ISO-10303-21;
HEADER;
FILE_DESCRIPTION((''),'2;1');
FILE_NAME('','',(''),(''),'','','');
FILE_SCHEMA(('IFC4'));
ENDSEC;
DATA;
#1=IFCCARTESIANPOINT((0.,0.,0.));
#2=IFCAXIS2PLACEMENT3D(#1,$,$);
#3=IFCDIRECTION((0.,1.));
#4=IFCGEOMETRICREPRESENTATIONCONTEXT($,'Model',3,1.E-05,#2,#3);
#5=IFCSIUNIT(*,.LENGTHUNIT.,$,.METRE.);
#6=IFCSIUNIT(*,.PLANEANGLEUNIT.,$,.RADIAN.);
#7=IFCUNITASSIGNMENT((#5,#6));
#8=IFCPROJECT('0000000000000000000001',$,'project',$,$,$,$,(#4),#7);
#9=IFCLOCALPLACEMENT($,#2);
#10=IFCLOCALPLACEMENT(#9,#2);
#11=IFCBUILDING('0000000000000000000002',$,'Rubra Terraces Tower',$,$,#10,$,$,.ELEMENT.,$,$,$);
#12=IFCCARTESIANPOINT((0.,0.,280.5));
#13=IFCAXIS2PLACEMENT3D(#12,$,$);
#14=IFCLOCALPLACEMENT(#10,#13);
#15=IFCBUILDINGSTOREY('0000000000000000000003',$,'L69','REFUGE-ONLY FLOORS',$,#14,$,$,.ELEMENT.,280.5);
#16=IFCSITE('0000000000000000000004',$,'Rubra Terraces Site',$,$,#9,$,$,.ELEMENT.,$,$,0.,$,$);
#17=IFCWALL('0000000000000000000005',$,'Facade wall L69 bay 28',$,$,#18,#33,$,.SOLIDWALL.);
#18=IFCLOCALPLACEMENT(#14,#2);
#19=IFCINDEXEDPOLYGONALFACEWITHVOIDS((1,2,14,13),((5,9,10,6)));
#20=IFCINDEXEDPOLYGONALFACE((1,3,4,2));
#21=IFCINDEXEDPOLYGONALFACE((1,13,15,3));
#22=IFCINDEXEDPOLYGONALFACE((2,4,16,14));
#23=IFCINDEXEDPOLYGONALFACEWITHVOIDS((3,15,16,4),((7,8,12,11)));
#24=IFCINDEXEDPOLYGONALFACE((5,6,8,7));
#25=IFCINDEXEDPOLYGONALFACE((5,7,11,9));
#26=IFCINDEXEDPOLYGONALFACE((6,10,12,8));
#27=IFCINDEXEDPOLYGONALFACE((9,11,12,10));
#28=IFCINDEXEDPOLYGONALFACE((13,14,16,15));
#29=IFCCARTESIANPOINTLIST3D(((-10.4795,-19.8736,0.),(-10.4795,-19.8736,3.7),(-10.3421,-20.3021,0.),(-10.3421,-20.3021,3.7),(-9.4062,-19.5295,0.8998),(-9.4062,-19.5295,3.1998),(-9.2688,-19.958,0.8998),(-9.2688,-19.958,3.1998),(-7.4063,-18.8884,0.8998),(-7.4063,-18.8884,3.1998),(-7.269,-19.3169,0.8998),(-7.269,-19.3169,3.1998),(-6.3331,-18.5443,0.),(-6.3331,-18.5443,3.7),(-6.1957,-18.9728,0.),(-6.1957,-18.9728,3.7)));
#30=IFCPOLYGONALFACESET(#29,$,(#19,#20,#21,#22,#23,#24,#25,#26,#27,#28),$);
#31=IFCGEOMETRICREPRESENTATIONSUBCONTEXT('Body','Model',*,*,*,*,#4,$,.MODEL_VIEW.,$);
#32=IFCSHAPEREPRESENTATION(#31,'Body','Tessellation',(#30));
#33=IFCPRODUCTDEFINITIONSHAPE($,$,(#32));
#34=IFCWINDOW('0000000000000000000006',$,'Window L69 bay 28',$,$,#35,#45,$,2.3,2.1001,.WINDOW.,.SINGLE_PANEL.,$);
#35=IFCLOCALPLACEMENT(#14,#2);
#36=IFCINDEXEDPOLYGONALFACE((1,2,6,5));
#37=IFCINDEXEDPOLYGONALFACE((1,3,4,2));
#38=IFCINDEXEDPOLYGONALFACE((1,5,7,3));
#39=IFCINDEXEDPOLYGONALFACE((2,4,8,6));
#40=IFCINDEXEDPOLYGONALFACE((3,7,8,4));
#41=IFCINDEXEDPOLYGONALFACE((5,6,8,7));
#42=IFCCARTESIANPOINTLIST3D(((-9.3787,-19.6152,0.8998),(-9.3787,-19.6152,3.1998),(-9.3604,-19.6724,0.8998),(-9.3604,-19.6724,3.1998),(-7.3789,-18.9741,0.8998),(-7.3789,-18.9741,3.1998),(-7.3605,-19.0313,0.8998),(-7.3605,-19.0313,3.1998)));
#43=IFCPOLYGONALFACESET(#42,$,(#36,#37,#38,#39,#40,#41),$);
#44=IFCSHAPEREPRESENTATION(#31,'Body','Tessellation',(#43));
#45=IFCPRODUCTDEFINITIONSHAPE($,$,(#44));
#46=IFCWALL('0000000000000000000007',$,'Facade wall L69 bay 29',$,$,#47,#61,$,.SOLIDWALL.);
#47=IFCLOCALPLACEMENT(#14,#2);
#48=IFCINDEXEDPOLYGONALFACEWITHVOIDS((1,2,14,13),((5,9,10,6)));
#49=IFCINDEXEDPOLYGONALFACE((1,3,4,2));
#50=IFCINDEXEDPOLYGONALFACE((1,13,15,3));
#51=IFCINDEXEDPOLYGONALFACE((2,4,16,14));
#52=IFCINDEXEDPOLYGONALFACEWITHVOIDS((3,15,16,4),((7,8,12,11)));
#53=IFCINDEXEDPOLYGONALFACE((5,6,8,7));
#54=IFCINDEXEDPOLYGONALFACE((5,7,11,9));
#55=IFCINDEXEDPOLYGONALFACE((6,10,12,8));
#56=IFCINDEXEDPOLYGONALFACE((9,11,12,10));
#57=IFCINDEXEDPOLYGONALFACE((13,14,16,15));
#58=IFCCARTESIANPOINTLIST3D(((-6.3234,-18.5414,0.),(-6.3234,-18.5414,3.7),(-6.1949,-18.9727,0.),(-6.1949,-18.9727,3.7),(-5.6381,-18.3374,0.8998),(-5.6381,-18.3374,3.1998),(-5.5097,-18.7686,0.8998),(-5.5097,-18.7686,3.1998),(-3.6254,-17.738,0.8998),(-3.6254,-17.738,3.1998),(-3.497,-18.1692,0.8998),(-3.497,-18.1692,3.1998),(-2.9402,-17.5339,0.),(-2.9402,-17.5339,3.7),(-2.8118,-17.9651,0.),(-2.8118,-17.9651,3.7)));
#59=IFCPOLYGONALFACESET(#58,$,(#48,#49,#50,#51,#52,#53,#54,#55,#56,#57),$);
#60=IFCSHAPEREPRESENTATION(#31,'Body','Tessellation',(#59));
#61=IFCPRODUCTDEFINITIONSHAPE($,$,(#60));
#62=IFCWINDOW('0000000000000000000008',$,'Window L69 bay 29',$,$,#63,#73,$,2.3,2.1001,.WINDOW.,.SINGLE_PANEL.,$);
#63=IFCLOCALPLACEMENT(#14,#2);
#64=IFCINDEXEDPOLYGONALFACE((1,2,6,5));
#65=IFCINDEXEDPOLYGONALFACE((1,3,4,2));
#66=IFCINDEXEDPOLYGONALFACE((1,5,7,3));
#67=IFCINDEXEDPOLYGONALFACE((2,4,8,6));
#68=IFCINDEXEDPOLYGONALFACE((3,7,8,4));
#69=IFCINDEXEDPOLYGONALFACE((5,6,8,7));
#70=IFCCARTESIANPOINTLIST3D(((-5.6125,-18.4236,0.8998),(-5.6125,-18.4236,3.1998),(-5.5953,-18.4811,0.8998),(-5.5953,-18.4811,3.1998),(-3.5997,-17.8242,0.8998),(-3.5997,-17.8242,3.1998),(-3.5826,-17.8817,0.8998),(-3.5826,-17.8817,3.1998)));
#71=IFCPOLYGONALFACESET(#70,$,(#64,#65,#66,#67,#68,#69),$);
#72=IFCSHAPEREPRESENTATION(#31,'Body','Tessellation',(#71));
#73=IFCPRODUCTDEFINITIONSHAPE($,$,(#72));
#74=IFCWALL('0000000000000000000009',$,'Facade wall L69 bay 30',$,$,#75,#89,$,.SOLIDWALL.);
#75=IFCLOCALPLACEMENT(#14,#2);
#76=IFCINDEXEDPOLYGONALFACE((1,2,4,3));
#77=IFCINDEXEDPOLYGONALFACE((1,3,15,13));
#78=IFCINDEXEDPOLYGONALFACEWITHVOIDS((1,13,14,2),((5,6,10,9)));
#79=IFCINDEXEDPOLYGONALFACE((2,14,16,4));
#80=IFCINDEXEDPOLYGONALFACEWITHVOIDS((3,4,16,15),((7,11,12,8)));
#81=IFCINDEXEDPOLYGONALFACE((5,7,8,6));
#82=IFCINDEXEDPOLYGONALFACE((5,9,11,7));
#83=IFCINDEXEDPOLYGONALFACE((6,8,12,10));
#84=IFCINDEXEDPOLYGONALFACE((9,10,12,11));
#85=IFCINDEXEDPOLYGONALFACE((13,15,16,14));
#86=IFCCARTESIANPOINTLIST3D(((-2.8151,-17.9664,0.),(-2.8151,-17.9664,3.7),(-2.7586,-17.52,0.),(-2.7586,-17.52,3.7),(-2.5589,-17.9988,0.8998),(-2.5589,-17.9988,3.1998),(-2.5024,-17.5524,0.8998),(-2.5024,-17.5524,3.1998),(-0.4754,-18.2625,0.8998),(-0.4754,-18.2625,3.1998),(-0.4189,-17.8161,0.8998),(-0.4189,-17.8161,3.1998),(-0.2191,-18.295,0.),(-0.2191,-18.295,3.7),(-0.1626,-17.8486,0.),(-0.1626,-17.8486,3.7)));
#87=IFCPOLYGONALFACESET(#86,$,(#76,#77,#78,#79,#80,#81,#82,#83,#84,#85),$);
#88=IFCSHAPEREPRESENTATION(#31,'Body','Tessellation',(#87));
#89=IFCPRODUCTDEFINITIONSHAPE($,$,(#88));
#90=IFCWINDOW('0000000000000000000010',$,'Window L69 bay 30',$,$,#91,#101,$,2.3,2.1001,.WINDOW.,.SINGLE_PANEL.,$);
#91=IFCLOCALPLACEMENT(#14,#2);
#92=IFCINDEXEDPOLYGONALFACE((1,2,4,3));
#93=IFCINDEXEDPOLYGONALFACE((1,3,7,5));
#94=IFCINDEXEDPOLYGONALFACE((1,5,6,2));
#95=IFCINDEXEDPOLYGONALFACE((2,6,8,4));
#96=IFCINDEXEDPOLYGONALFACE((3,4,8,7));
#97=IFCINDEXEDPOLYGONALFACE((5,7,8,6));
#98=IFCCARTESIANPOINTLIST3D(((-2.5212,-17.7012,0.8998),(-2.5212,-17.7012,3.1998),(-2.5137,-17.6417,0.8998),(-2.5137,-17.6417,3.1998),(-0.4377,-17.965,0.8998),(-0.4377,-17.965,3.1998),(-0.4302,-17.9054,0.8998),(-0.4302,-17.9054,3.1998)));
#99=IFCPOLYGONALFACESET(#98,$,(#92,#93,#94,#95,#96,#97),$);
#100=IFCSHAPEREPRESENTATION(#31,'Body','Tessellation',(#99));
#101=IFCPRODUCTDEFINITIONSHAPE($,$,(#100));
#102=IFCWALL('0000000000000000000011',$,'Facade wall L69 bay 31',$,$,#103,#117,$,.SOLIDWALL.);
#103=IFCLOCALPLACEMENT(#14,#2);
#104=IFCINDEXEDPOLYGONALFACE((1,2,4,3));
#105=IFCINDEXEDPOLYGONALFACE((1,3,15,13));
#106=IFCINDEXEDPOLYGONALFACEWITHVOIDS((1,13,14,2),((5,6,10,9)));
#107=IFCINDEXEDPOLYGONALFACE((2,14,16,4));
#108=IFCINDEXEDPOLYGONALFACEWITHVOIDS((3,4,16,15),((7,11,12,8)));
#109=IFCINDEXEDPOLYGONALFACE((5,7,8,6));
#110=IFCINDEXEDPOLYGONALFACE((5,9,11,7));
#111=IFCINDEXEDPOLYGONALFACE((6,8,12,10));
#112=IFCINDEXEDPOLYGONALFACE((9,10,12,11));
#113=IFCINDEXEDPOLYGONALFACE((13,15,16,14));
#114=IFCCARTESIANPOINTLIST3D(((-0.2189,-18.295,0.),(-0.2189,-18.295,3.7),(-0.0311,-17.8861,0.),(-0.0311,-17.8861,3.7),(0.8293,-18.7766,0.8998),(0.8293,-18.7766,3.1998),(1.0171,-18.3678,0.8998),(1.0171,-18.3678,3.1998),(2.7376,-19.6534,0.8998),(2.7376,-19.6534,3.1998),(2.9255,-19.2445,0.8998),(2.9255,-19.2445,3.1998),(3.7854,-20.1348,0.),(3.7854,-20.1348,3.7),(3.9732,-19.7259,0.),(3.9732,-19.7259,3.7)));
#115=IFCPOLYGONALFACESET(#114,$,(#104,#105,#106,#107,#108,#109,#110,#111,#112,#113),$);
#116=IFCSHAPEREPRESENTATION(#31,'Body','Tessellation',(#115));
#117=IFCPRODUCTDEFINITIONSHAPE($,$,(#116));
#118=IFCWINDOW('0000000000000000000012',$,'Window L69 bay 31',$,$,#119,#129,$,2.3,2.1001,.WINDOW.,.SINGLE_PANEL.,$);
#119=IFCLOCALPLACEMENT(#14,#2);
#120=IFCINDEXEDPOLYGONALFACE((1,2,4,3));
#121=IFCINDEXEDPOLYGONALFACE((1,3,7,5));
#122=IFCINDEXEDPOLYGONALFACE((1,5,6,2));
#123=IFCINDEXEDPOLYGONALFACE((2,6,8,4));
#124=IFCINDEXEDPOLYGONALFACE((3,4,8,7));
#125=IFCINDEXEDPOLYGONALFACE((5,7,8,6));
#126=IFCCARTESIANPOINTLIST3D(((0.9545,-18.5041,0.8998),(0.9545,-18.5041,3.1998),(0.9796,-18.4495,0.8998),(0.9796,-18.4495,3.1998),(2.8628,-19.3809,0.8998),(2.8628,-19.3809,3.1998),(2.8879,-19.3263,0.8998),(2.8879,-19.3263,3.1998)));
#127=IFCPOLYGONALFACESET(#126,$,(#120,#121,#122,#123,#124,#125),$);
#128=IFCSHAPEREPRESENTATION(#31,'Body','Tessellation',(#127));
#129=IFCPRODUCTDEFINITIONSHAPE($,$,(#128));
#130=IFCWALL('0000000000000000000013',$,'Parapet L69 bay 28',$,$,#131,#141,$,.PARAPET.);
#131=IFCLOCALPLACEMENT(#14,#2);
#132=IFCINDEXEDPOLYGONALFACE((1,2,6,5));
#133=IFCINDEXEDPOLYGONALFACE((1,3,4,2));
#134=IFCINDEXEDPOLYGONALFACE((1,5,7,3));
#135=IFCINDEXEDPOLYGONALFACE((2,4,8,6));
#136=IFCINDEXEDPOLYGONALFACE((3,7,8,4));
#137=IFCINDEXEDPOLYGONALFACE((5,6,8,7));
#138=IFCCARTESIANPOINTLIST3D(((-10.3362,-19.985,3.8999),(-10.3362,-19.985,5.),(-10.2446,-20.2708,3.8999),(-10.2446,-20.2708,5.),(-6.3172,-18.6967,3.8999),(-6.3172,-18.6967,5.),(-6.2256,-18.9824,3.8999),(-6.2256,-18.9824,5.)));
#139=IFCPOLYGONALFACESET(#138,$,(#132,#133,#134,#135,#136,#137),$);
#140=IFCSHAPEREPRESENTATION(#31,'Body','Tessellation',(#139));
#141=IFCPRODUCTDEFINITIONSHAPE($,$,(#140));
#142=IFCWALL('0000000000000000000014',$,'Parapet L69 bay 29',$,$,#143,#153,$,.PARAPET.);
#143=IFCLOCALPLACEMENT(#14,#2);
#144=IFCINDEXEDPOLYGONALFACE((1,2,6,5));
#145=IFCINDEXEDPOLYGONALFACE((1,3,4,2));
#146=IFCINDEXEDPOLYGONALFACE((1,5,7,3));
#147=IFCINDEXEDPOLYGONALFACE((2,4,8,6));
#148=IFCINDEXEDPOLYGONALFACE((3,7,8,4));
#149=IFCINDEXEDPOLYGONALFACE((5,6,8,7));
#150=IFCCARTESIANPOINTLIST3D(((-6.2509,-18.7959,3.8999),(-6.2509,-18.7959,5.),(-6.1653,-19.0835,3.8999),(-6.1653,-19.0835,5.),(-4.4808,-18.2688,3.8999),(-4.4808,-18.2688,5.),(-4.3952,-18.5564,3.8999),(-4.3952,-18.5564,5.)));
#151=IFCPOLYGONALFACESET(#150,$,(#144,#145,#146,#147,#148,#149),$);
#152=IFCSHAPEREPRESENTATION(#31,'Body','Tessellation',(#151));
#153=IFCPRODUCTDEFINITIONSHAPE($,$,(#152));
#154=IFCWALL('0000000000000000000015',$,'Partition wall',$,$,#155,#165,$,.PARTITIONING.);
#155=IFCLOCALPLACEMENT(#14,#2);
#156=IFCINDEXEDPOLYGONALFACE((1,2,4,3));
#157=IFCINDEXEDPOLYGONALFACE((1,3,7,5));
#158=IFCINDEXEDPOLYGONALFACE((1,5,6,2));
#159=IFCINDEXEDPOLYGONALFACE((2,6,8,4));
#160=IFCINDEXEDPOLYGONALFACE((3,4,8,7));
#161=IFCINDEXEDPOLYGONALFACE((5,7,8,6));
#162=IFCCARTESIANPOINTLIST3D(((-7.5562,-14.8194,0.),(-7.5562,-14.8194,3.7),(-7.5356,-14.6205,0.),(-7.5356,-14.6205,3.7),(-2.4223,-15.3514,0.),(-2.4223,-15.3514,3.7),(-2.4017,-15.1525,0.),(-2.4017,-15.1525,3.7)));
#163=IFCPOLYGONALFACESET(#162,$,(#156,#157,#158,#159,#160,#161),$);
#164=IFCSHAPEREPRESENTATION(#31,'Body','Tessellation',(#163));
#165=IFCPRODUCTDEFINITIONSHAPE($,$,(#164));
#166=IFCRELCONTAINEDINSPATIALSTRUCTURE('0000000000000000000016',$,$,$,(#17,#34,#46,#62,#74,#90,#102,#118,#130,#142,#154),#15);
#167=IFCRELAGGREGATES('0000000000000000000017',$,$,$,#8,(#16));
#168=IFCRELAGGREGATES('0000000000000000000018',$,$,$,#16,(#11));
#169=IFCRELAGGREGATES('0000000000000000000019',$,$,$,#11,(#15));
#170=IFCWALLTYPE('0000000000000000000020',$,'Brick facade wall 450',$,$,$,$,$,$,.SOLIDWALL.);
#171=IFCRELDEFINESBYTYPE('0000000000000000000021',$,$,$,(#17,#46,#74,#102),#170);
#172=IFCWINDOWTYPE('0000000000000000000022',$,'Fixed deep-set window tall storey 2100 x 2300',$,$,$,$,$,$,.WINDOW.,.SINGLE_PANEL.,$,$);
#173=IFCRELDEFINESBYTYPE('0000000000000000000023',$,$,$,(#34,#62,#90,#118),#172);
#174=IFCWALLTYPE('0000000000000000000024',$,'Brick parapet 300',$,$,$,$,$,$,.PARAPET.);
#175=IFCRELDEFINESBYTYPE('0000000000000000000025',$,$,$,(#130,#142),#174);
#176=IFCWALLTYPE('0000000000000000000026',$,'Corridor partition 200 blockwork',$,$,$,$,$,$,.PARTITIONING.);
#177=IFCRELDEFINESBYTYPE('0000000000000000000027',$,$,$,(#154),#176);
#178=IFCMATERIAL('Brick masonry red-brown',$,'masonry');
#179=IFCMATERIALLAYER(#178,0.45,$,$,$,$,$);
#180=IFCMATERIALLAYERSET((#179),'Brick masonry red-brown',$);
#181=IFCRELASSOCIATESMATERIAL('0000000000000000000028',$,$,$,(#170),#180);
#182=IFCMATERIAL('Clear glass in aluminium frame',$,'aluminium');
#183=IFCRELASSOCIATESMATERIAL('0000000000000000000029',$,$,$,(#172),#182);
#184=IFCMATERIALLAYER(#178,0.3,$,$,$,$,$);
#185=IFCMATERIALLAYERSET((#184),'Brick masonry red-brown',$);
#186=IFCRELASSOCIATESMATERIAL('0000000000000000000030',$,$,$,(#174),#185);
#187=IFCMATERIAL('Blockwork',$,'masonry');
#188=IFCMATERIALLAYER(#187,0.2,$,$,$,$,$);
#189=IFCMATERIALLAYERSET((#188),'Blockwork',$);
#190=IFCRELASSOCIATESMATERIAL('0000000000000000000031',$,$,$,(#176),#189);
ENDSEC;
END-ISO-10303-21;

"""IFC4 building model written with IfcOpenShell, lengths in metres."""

from ifc_helpers import new_model, si_unit, direction, frame, frame_2d, origin, place, context, subcontext, project, spatial, rectangle, extrude, material, layer, layer_set, type_object, element, fill, save


model = new_model("IFC4")

# Units and contexts
model_context = context("Model", 3, precision=1e-05, world=origin(), true_north=direction((0.0, 1.0)))
body_context = subcontext(model_context, "Body", "Model", "MODEL_VIEW")
ifc_project = project(units=[si_unit("LENGTHUNIT", "METRE"), si_unit("PLANEANGLEUNIT", "RADIAN")], contexts=[model_context])

# Site, building, storey
site_placement = place(None, origin())
site = spatial("IfcSite", under=ifc_project, at=site_placement, Name="Rubra Terraces Site", CompositionType="ELEMENT", RefElevation=0.0)
building_placement = place(site_placement, origin())
building = spatial("IfcBuilding", under=site, at=building_placement, Name="Rubra Terraces Tower", CompositionType="ELEMENT")
storey_placement = place(building_placement, frame((0.0, 0.0, 280.5)))
storey = spatial("IfcBuildingStorey", under=building, at=storey_placement, Name="L69", Description="REFUGE-ONLY FLOORS", CompositionType="ELEMENT", Elevation=280.5)

# Walls, openings, windows
ifc_material_1 = material(Name="Brick masonry red-brown", Category="masonry")
ifc_layer_1 = layer(ifc_material_1, 0.45)
ifc_layer_set_1 = layer_set([ifc_layer_1], Name="Brick masonry red-brown")
wall_type_1 = type_object("IfcWallType", Name="Brick facade wall 450", PredefinedType="SOLIDWALL", material=ifc_layer_set_1)
wall_1_placement = place(storey_placement, frame((-10.4109, -20.0879, 0.0), z_axis=(0.0, 0.0, 1.0), x_axis=(0.952259, 0.30529, 0.0)))
wall_1 = element("IfcWall", 1, at=wall_1_placement, inside=storey, type_object=wall_type_1, Name="Facade wall L69 bay 28", PredefinedType="SOLIDWALL", context=body_context, shape_type="SweptSolid", body=[
    extrude(rectangle(XDim=4.3542, YDim=0.45, at=frame_2d((2.1772, 0.0))), origin(), (0.0, 0.0, 1.0), 3.7),
])
opening_1_placement = place(wall_1_placement, frame((1.1272, 0.0, 0.8999)))
opening_1 = element("IfcOpeningElement", 2, at=opening_1_placement, cuts=wall_1, PredefinedType="OPENING", context=body_context, shape_type="SweptSolid", body=[
    extrude(rectangle(XDim=2.1001, YDim=2.3, at=frame_2d((1.05, 1.1499))), frame((0.0, 0.2349, 0.0), z_axis=(0.0, -1.0, 0.0), x_axis=(1.0, 0.0, 0.0)), (0.0, 0.0, 1.0), 0.47),
])
ifc_material_2 = material(Name="Clear glass in aluminium frame", Category="aluminium")
window_type = type_object("IfcWindowType", Name="Fixed deep-set window tall storey 2100 x 2300", PartitioningType="SINGLE_PANEL", PredefinedType="WINDOW", material=ifc_material_2)
window_1_placement = place(opening_1_placement, origin())
window_1 = element("IfcWindow", 3, at=window_1_placement, inside=storey, type_object=window_type, Name="Window L69 bay 28", OverallHeight=2.3, OverallWidth=2.1001, PartitioningType="SINGLE_PANEL", PredefinedType="WINDOW", context=body_context, shape_type="SweptSolid", body=[
    extrude(rectangle(XDim=2.1001, YDim=2.3, at=frame_2d((1.05, 1.1499))), frame((0.0, 0.135, 0.0), z_axis=(0.0, -1.0, 0.0), x_axis=(1.0, 0.0, 0.0)), (0.0, 0.0, 1.0), 0.0601),
])
fill(opening_1, window_1)
wall_2_placement = place(storey_placement, frame((-6.2593, -18.7571, 0.0), z_axis=(0.0, 0.0, 1.0), x_axis=(0.958403, 0.285418, 0.0)))
wall_2 = element("IfcWall", 4, at=wall_2_placement, inside=storey, type_object=wall_type_1, Name="Facade wall L69 bay 29", PredefinedType="SOLIDWALL", context=body_context, shape_type="SweptSolid", body=[
    extrude(rectangle(XDim=3.53, YDim=0.45, at=frame_2d((1.7651, 0.0))), origin(), (0.0, 0.0, 1.0), 3.7),
])
opening_2_placement = place(wall_2_placement, frame((0.7151, 0.0, 0.8999)))
opening_2 = element("IfcOpeningElement", 5, at=opening_2_placement, cuts=wall_2, PredefinedType="OPENING", context=body_context, shape_type="SweptSolid", body=[
    extrude(rectangle(XDim=2.1001, YDim=2.3, at=frame_2d((1.05, 1.1499))), frame((0.0, 0.2349, 0.0), z_axis=(0.0, -1.0, 0.0), x_axis=(1.0, 0.0, 0.0)), (0.0, 0.0, 1.0), 0.47),
])
window_2_placement = place(opening_2_placement, origin())
window_2 = element("IfcWindow", 6, at=window_2_placement, inside=storey, type_object=window_type, Name="Window L69 bay 29", OverallHeight=2.3, OverallWidth=2.1001, PartitioningType="SINGLE_PANEL", PredefinedType="WINDOW", context=body_context, shape_type="SweptSolid", body=[
    extrude(rectangle(XDim=2.1001, YDim=2.3, at=frame_2d((1.05, 1.1499))), frame((0.0, 0.135, 0.0), z_axis=(0.0, -1.0, 0.0), x_axis=(1.0, 0.0, 0.0)), (0.0, 0.0, 1.0), 0.0601),
])
fill(opening_2, window_2)
wall_3_placement = place(storey_placement, frame((-2.7869, -17.7432, 0.0), z_axis=(0.0, 0.0, 1.0), x_axis=(0.992083, -0.125585, 0.0)))
wall_3 = element("IfcWall", 7, at=wall_3_placement, inside=storey, type_object=wall_type_1, Name="Facade wall L69 bay 30", PredefinedType="SOLIDWALL", context=body_context, shape_type="SweptSolid", body=[
    extrude(rectangle(XDim=2.6167, YDim=0.45, at=frame_2d((1.3083, 0.0))), origin(), (0.0, 0.0, 1.0), 3.7),
])
opening_3_placement = place(wall_3_placement, frame((0.2583, 0.0, 0.8999)))
opening_3 = element("IfcOpeningElement", 8, at=opening_3_placement, cuts=wall_3, PredefinedType="OPENING", context=body_context, shape_type="SweptSolid", body=[
    extrude(rectangle(XDim=2.1001, YDim=2.3, at=frame_2d((1.05, 1.1499))), frame((0.0, 0.2349, 0.0), z_axis=(0.0, -1.0, 0.0), x_axis=(1.0, 0.0, 0.0)), (0.0, 0.0, 1.0), 0.47),
])
window_3_placement = place(opening_3_placement, origin())
window_3 = element("IfcWindow", 9, at=window_3_placement, inside=storey, type_object=window_type, Name="Window L69 bay 30", OverallHeight=2.3, OverallWidth=2.1001, PartitioningType="SINGLE_PANEL", PredefinedType="WINDOW", context=body_context, shape_type="SweptSolid", body=[
    extrude(rectangle(XDim=2.1001, YDim=2.3, at=frame_2d((1.05, 1.1499))), frame((0.0, 0.135, 0.0), z_axis=(0.0, -1.0, 0.0), x_axis=(1.0, 0.0, 0.0)), (0.0, 0.0, 1.0), 0.0601),
])
fill(opening_3, window_3)
wall_4_placement = place(storey_placement, frame((-0.125, -18.0906, 0.0), z_axis=(0.0, 0.0, 1.0), x_axis=(0.908678, -0.417498, 0.0)))
wall_4 = element("IfcWall", 10, at=wall_4_placement, inside=storey, type_object=wall_type_1, Name="Facade wall L69 bay 31", PredefinedType="SOLIDWALL", context=body_context, shape_type="SweptSolid", body=[
    extrude(rectangle(XDim=4.4067, YDim=0.45, at=frame_2d((2.2034, 0.0))), origin(), (0.0, 0.0, 1.0), 3.7),
])
opening_4_placement = place(wall_4_placement, frame((1.1536, 0.0, 0.8999)))
opening_4 = element("IfcOpeningElement", 11, at=opening_4_placement, cuts=wall_4, PredefinedType="OPENING", context=body_context, shape_type="SweptSolid", body=[
    extrude(rectangle(XDim=2.1001, YDim=2.3, at=frame_2d((1.05, 1.1499))), frame((0.0, 0.2349, 0.0), z_axis=(0.0, -1.0, 0.0), x_axis=(1.0, 0.0, 0.0)), (0.0, 0.0, 1.0), 0.47),
])
window_4_placement = place(opening_4_placement, origin())
window_4 = element("IfcWindow", 12, at=window_4_placement, inside=storey, type_object=window_type, Name="Window L69 bay 31", OverallHeight=2.3, OverallWidth=2.1001, PartitioningType="SINGLE_PANEL", PredefinedType="WINDOW", context=body_context, shape_type="SweptSolid", body=[
    extrude(rectangle(XDim=2.1001, YDim=2.3, at=frame_2d((1.05, 1.1499))), frame((0.0, 0.135, 0.0), z_axis=(0.0, -1.0, 0.0), x_axis=(1.0, 0.0, 0.0)), (0.0, 0.0, 1.0), 0.0601),
])
fill(opening_4, window_4)

# Walls
ifc_layer_2 = layer(ifc_material_1, 0.3)
ifc_layer_set_2 = layer_set([ifc_layer_2], Name="Brick masonry red-brown")
wall_type_2 = type_object("IfcWallType", Name="Brick parapet 300", PredefinedType="PARAPET", material=ifc_layer_set_2)
wall_5_placement = place(storey_placement, frame((-10.2905, -20.1279, 3.8999), z_axis=(0.0, 0.0, 1.0), x_axis=(0.95227, 0.305256, 0.0)))
element("IfcWall", 13, at=wall_5_placement, inside=storey, type_object=wall_type_2, Name="Parapet L69 bay 28", PredefinedType="PARAPET", context=body_context, shape_type="SweptSolid", body=[
    extrude(rectangle(XDim=4.2205, YDim=0.3, at=frame_2d((2.1104, 0.0))), origin(), (0.0, 0.0, 1.0), 1.1001),
])
wall_6_placement = place(storey_placement, frame((-6.208, -18.9397, 3.8999), z_axis=(0.0, 0.0, 1.0), x_axis=(0.958406, 0.285407, 0.0)))
element("IfcWall", 14, at=wall_6_placement, inside=storey, type_object=wall_type_2, Name="Parapet L69 bay 29", PredefinedType="PARAPET", context=body_context, shape_type="SweptSolid", body=[
    extrude(rectangle(XDim=1.8469, YDim=0.3, at=frame_2d((0.9233, 0.0))), origin(), (0.0, 0.0, 1.0), 1.1001),
])
ifc_material_3 = material(Name="Blockwork", Category="masonry")
ifc_layer_3 = layer(ifc_material_3, 0.2)
ifc_layer_set_3 = layer_set([ifc_layer_3], Name="Blockwork")
wall_type_3 = type_object("IfcWallType", Name="Corridor partition 200 blockwork", PredefinedType="PARTITIONING", material=ifc_layer_set_3)
wall_7_placement = place(storey_placement, frame((-2.4121, -15.252, 0.0), z_axis=(0.0, 0.0, 1.0), x_axis=(-0.994674, 0.103072, 0.0)))
element("IfcWall", 15, at=wall_7_placement, inside=storey, type_object=wall_type_3, Name="Partition wall", PredefinedType="PARTITIONING", context=body_context, shape_type="SweptSolid", body=[
    extrude(rectangle(XDim=5.1614, YDim=0.2, at=frame_2d((2.5806, 0.0))), origin(), (0.0, 0.0, 1.0), 3.7),
])

save(model, "model.ifc")
